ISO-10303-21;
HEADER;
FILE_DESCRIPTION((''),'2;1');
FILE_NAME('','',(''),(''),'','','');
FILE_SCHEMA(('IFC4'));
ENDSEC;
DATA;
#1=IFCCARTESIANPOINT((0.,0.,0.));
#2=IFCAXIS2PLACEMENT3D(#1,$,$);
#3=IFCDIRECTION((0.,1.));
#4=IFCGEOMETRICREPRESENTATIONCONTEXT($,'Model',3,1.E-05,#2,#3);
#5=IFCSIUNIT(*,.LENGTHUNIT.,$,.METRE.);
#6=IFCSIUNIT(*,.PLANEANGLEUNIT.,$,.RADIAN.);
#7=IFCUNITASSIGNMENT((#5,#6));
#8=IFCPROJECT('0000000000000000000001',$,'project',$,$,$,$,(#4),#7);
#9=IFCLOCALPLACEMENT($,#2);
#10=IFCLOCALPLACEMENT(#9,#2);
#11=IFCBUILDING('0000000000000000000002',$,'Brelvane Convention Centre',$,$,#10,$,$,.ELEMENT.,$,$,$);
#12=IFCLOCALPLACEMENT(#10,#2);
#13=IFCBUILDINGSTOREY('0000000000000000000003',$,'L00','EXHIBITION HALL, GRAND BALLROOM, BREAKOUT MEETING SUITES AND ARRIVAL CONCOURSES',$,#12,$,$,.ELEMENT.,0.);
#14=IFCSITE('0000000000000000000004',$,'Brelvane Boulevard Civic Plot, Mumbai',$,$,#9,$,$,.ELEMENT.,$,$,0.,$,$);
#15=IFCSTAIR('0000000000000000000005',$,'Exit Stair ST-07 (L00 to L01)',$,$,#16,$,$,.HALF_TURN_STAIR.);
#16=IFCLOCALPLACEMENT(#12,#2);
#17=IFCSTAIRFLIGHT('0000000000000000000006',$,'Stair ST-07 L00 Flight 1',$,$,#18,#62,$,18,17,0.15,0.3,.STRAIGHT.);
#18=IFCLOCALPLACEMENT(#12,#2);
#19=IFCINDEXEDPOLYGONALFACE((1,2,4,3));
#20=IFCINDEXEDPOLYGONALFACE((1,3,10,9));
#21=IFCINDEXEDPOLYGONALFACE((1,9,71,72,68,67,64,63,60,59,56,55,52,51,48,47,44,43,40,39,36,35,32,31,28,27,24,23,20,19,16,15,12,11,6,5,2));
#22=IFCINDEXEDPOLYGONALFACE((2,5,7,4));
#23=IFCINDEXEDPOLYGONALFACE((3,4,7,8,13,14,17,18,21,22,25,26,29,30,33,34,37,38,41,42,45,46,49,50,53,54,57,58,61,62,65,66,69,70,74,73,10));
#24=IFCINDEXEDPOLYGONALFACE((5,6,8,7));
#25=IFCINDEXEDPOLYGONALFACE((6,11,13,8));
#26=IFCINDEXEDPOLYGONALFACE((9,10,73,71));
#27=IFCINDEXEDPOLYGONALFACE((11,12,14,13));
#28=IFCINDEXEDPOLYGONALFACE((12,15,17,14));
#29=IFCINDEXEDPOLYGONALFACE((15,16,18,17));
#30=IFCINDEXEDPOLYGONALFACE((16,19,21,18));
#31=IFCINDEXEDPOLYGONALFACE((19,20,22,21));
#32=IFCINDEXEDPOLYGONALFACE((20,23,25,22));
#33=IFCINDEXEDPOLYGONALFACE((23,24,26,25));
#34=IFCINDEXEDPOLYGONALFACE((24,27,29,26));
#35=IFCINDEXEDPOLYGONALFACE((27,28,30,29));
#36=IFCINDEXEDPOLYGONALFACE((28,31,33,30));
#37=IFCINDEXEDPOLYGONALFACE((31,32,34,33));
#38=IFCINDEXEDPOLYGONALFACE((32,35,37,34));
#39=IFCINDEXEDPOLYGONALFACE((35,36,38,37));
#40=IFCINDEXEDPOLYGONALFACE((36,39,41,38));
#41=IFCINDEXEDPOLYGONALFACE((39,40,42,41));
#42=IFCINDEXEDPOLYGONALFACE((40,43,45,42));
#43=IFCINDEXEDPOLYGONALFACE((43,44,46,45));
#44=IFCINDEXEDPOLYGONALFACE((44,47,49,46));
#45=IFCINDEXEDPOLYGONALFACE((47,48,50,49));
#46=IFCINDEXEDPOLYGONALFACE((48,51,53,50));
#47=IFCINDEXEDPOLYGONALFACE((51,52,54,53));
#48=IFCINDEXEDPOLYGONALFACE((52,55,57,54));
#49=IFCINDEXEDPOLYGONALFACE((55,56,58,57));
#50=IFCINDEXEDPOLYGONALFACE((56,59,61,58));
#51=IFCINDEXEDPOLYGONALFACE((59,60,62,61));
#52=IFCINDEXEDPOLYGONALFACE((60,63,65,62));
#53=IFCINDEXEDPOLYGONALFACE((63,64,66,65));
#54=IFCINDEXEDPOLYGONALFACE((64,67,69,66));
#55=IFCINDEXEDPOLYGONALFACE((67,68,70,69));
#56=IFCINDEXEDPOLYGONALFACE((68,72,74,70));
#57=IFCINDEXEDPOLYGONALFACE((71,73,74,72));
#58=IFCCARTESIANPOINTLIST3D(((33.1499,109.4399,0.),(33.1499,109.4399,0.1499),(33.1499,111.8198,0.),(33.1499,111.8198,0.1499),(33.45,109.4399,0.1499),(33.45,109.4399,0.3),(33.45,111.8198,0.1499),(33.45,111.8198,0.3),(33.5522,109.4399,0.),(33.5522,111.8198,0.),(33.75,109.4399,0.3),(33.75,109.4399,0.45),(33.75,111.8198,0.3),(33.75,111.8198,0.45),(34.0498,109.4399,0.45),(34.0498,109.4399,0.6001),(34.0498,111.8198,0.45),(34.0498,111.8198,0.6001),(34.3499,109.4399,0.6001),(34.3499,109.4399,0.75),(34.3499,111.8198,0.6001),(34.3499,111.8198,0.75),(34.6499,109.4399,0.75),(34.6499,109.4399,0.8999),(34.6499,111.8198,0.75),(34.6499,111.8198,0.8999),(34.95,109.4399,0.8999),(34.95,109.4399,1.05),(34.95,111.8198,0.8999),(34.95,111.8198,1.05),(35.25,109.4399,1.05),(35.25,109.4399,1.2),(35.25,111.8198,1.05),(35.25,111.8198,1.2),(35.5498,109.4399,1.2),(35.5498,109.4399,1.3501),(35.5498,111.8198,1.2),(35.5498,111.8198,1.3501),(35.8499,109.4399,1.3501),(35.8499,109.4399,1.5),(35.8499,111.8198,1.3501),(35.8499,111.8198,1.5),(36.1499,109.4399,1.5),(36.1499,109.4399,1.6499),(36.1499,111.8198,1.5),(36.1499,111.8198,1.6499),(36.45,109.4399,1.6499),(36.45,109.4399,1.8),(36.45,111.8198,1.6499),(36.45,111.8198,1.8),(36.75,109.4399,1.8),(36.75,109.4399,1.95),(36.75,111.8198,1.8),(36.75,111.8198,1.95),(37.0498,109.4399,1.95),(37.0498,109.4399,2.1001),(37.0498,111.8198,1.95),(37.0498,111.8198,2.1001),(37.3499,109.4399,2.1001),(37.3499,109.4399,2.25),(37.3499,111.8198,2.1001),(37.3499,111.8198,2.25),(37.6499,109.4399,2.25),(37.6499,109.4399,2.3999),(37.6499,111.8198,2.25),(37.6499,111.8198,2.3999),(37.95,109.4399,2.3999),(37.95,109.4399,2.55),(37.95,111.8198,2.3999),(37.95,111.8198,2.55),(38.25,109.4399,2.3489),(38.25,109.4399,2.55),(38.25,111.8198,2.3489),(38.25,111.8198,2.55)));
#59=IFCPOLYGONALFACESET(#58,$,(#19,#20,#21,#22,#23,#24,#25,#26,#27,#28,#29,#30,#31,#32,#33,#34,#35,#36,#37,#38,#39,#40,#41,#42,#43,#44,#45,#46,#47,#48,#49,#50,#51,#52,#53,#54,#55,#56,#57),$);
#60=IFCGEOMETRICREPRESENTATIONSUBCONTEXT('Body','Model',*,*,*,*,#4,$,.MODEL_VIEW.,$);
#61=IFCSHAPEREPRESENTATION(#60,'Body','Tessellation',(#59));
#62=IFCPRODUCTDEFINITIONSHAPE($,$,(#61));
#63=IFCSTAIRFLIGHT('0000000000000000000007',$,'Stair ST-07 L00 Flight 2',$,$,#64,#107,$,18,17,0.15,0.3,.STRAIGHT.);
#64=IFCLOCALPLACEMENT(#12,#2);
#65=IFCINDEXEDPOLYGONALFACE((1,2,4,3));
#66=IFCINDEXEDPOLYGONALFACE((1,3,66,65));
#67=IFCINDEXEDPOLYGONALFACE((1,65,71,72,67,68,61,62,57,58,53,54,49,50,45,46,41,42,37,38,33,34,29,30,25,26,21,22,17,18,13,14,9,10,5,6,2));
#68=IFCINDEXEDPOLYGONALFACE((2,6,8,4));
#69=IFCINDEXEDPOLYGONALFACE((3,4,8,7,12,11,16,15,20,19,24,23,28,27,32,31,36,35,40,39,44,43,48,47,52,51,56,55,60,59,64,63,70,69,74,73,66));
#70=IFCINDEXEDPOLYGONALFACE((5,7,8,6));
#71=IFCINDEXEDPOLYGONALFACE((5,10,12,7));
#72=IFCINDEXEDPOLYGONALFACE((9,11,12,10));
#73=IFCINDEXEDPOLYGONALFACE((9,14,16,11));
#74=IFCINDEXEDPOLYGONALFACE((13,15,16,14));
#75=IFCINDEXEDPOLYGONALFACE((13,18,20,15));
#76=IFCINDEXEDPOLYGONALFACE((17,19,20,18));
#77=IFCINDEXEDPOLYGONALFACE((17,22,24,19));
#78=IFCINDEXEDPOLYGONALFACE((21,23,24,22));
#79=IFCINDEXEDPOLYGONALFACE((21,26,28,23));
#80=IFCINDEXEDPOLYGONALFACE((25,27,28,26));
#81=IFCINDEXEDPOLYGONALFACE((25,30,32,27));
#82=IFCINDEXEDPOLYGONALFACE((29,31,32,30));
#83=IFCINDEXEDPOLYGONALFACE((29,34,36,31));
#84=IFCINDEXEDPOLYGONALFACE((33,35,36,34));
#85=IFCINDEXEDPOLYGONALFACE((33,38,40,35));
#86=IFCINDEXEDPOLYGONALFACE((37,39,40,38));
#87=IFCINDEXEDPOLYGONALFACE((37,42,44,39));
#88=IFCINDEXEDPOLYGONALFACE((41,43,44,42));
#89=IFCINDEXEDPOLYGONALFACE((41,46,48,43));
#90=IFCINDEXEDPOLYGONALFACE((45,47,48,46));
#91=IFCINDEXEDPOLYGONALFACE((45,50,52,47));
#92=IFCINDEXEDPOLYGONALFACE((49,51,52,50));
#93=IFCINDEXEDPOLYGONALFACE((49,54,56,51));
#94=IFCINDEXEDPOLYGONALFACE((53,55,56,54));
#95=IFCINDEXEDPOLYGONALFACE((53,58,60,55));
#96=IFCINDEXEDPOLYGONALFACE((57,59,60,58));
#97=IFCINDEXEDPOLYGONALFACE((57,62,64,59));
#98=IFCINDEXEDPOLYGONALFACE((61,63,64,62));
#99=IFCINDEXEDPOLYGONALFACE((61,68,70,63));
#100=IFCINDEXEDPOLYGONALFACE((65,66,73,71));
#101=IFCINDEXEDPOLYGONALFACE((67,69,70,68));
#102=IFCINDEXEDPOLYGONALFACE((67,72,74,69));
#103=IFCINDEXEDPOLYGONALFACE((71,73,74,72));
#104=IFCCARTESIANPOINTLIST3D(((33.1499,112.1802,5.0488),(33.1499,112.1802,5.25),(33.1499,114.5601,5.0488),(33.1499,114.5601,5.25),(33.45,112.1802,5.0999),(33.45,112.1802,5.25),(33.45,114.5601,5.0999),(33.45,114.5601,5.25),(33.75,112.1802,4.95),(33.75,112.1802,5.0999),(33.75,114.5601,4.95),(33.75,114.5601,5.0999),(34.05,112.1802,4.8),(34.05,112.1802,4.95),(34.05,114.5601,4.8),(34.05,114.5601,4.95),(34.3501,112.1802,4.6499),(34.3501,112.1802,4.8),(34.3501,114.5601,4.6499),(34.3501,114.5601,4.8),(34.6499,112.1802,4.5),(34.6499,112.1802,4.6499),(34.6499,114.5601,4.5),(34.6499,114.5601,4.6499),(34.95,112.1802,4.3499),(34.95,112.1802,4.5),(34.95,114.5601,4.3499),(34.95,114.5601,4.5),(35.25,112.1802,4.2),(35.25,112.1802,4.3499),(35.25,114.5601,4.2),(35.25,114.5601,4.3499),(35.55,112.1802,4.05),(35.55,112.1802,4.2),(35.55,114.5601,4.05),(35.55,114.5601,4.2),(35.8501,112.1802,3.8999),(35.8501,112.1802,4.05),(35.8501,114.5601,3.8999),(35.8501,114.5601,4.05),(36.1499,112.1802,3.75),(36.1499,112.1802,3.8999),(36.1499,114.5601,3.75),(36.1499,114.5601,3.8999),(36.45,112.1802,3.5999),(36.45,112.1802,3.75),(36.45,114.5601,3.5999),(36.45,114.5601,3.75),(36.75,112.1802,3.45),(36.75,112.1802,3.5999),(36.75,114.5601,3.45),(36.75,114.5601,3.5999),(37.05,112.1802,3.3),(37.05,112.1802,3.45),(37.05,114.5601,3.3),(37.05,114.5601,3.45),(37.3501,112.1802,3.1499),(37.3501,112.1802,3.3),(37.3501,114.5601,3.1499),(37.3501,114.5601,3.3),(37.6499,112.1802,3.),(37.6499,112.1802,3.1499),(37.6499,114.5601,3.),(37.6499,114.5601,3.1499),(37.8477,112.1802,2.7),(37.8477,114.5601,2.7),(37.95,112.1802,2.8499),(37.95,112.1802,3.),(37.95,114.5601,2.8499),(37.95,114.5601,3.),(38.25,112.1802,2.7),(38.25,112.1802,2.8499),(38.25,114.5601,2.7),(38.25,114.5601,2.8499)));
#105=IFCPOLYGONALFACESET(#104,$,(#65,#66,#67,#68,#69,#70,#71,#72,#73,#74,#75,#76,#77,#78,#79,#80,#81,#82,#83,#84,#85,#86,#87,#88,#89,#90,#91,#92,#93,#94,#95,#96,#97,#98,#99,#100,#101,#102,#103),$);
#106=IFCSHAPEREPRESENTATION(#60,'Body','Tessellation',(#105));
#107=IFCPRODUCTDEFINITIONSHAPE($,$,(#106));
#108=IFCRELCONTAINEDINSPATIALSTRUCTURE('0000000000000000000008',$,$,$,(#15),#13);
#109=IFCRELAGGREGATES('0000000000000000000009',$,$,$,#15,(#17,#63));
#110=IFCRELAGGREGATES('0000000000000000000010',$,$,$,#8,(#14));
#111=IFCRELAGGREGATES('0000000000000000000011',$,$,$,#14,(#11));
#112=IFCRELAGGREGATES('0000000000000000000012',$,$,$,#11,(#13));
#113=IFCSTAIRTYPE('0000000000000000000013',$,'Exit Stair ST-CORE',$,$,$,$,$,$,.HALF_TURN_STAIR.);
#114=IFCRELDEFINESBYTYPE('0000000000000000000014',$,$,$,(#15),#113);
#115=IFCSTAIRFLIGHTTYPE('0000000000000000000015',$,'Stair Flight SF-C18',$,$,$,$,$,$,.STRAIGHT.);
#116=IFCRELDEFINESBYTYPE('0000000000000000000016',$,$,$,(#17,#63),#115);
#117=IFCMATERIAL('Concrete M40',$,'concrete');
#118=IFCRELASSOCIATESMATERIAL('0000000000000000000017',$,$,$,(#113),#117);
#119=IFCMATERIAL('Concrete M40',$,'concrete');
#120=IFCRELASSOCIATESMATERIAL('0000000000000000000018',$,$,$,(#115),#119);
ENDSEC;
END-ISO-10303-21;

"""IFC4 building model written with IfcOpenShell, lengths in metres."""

from ifc_helpers import new_model, si_unit, direction, frame, origin, place, context, subcontext, project, spatial, polyline, outline, extrude, material, type_object, element, aggregate, save


model = new_model("IFC4")

# Units and contexts
model_context = context("Model", 3, precision=1e-05, world=origin(), true_north=direction((0.0, 1.0)))
body_context = subcontext(model_context, "Body", "Model", "MODEL_VIEW")
ifc_project = project(units=[si_unit("LENGTHUNIT", "METRE"), si_unit("PLANEANGLEUNIT", "RADIAN")], contexts=[model_context])

# Site, building, storey
site_placement = place(None, origin())
site = spatial("IfcSite", under=ifc_project, at=site_placement, Name="Brelvane Boulevard Civic Plot, Mumbai", CompositionType="ELEMENT", RefElevation=0.0)
building_placement = place(site_placement, origin())
building = spatial("IfcBuilding", under=site, at=building_placement, Name="Brelvane Convention Centre", CompositionType="ELEMENT")
storey_placement = place(building_placement, origin())
storey = spatial("IfcBuildingStorey", under=building, at=storey_placement, Name="L00", Description="EXHIBITION HALL, GRAND BALLROOM, BREAKOUT MEETING SUITES AND ARRIVAL CONCOURSES", CompositionType="ELEMENT", Elevation=0.0)

# Stair, stair flights
ifc_material_1 = material(Name="Concrete M40", Category="concrete")
stair_type = type_object("IfcStairType", Name="Exit Stair ST-CORE", PredefinedType="HALF_TURN_STAIR", material=ifc_material_1)
stair_placement = place(storey_placement, origin())
stair = element("IfcStair", 1, at=stair_placement, inside=storey, type_object=stair_type, Name="Exit Stair ST-07 (L00 to L01)", PredefinedType="HALF_TURN_STAIR")
ifc_material_2 = material(Name="Concrete M40", Category="concrete")
stair_flight_type = type_object("IfcStairFlightType", Name="Stair Flight SF-C18", PredefinedType="STRAIGHT", material=ifc_material_2)
stair_flight_1_placement = place(storey_placement, frame((33.1499, 110.6299, 0.0), z_axis=(0.0, 0.0, 1.0), x_axis=(1.0, 0.0, 0.0)))
stair_flight_1 = element("IfcStairFlight", 2, at=stair_flight_1_placement, type_object=stair_flight_type, Name="Stair ST-07 L00 Flight 1", NumberOfRisers=18, NumberOfTreads=17, PredefinedType="STRAIGHT", RiserHeight=0.15, TreadLength=0.3, context=body_context, shape_type="SweptSolid", body=[
    extrude(outline(polyline([(0.0, 0.0), (0.0, 0.1499), (0.3, 0.1499), (0.3, 0.3), (0.6001, 0.3), (0.6001, 0.45), (0.8999, 0.45), (0.8999, 0.6001), (1.2, 0.6001), (1.2, 0.75), (1.5, 0.75), (1.5, 0.8999), (1.8, 0.8999), (1.8, 1.05), (2.1001, 1.05), (2.1001, 1.2), (2.3999, 1.2), (2.3999, 1.3501), (2.7, 1.3501), (2.7, 1.5), (3.0, 1.5), (3.0, 1.6499), (3.3, 1.6499), (3.3, 1.8), (3.6001, 1.8), (3.6001, 1.95), (3.8999, 1.95), (3.8999, 2.1001), (4.2, 2.1001), (4.2, 2.25), (4.5, 2.25), (4.5, 2.3999), (4.8, 2.3999), (4.8, 2.55), (5.1001, 2.55), (5.1001, 2.7), (5.1001, 2.3489), (0.4023, 0.0), (0.0, 0.0)])), frame((0.0, 1.1899, 0.0), z_axis=(0.0, -1.0, 0.0), x_axis=(1.0, 0.0, 0.0)), (0.0, 0.0, 1.0), 2.3799),
])
stair_flight_2_placement = place(storey_placement, frame((38.25, 113.3701, 2.7), z_axis=(0.0, 0.0, 1.0), x_axis=(-1.0, 0.0, 0.0)))
stair_flight_2 = element("IfcStairFlight", 3, at=stair_flight_2_placement, type_object=stair_flight_type, Name="Stair ST-07 L00 Flight 2", NumberOfRisers=18, NumberOfTreads=17, PredefinedType="STRAIGHT", RiserHeight=0.15, TreadLength=0.3, context=body_context, shape_type="SweptSolid", body=[
    extrude(outline(polyline([(0.0, 0.0), (0.0, 0.1499), (0.3, 0.1499), (0.3, 0.3), (0.6001, 0.3), (0.6001, 0.45), (0.8999, 0.45), (0.8999, 0.6001), (1.2, 0.6001), (1.2, 0.75), (1.5, 0.75), (1.5, 0.8999), (1.8, 0.8999), (1.8, 1.05), (2.1001, 1.05), (2.1001, 1.2), (2.3999, 1.2), (2.3999, 1.3501), (2.7, 1.3501), (2.7, 1.5), (3.0, 1.5), (3.0, 1.6499), (3.3, 1.6499), (3.3, 1.8), (3.6001, 1.8), (3.6001, 1.95), (3.8999, 1.95), (3.8999, 2.1001), (4.2, 2.1001), (4.2, 2.25), (4.5, 2.25), (4.5, 2.3999), (4.8, 2.3999), (4.8, 2.55), (5.1001, 2.55), (5.1001, 2.7), (5.1001, 2.3489), (0.4023, 0.0), (0.0, 0.0)])), frame((0.0, 1.1899, 0.0), z_axis=(0.0, -1.0, 0.0), x_axis=(1.0, 0.0, 0.0)), (0.0, 0.0, 1.0), 2.3799),
])
aggregate(stair, [stair_flight_1, stair_flight_2])

save(model, "model.ifc")
